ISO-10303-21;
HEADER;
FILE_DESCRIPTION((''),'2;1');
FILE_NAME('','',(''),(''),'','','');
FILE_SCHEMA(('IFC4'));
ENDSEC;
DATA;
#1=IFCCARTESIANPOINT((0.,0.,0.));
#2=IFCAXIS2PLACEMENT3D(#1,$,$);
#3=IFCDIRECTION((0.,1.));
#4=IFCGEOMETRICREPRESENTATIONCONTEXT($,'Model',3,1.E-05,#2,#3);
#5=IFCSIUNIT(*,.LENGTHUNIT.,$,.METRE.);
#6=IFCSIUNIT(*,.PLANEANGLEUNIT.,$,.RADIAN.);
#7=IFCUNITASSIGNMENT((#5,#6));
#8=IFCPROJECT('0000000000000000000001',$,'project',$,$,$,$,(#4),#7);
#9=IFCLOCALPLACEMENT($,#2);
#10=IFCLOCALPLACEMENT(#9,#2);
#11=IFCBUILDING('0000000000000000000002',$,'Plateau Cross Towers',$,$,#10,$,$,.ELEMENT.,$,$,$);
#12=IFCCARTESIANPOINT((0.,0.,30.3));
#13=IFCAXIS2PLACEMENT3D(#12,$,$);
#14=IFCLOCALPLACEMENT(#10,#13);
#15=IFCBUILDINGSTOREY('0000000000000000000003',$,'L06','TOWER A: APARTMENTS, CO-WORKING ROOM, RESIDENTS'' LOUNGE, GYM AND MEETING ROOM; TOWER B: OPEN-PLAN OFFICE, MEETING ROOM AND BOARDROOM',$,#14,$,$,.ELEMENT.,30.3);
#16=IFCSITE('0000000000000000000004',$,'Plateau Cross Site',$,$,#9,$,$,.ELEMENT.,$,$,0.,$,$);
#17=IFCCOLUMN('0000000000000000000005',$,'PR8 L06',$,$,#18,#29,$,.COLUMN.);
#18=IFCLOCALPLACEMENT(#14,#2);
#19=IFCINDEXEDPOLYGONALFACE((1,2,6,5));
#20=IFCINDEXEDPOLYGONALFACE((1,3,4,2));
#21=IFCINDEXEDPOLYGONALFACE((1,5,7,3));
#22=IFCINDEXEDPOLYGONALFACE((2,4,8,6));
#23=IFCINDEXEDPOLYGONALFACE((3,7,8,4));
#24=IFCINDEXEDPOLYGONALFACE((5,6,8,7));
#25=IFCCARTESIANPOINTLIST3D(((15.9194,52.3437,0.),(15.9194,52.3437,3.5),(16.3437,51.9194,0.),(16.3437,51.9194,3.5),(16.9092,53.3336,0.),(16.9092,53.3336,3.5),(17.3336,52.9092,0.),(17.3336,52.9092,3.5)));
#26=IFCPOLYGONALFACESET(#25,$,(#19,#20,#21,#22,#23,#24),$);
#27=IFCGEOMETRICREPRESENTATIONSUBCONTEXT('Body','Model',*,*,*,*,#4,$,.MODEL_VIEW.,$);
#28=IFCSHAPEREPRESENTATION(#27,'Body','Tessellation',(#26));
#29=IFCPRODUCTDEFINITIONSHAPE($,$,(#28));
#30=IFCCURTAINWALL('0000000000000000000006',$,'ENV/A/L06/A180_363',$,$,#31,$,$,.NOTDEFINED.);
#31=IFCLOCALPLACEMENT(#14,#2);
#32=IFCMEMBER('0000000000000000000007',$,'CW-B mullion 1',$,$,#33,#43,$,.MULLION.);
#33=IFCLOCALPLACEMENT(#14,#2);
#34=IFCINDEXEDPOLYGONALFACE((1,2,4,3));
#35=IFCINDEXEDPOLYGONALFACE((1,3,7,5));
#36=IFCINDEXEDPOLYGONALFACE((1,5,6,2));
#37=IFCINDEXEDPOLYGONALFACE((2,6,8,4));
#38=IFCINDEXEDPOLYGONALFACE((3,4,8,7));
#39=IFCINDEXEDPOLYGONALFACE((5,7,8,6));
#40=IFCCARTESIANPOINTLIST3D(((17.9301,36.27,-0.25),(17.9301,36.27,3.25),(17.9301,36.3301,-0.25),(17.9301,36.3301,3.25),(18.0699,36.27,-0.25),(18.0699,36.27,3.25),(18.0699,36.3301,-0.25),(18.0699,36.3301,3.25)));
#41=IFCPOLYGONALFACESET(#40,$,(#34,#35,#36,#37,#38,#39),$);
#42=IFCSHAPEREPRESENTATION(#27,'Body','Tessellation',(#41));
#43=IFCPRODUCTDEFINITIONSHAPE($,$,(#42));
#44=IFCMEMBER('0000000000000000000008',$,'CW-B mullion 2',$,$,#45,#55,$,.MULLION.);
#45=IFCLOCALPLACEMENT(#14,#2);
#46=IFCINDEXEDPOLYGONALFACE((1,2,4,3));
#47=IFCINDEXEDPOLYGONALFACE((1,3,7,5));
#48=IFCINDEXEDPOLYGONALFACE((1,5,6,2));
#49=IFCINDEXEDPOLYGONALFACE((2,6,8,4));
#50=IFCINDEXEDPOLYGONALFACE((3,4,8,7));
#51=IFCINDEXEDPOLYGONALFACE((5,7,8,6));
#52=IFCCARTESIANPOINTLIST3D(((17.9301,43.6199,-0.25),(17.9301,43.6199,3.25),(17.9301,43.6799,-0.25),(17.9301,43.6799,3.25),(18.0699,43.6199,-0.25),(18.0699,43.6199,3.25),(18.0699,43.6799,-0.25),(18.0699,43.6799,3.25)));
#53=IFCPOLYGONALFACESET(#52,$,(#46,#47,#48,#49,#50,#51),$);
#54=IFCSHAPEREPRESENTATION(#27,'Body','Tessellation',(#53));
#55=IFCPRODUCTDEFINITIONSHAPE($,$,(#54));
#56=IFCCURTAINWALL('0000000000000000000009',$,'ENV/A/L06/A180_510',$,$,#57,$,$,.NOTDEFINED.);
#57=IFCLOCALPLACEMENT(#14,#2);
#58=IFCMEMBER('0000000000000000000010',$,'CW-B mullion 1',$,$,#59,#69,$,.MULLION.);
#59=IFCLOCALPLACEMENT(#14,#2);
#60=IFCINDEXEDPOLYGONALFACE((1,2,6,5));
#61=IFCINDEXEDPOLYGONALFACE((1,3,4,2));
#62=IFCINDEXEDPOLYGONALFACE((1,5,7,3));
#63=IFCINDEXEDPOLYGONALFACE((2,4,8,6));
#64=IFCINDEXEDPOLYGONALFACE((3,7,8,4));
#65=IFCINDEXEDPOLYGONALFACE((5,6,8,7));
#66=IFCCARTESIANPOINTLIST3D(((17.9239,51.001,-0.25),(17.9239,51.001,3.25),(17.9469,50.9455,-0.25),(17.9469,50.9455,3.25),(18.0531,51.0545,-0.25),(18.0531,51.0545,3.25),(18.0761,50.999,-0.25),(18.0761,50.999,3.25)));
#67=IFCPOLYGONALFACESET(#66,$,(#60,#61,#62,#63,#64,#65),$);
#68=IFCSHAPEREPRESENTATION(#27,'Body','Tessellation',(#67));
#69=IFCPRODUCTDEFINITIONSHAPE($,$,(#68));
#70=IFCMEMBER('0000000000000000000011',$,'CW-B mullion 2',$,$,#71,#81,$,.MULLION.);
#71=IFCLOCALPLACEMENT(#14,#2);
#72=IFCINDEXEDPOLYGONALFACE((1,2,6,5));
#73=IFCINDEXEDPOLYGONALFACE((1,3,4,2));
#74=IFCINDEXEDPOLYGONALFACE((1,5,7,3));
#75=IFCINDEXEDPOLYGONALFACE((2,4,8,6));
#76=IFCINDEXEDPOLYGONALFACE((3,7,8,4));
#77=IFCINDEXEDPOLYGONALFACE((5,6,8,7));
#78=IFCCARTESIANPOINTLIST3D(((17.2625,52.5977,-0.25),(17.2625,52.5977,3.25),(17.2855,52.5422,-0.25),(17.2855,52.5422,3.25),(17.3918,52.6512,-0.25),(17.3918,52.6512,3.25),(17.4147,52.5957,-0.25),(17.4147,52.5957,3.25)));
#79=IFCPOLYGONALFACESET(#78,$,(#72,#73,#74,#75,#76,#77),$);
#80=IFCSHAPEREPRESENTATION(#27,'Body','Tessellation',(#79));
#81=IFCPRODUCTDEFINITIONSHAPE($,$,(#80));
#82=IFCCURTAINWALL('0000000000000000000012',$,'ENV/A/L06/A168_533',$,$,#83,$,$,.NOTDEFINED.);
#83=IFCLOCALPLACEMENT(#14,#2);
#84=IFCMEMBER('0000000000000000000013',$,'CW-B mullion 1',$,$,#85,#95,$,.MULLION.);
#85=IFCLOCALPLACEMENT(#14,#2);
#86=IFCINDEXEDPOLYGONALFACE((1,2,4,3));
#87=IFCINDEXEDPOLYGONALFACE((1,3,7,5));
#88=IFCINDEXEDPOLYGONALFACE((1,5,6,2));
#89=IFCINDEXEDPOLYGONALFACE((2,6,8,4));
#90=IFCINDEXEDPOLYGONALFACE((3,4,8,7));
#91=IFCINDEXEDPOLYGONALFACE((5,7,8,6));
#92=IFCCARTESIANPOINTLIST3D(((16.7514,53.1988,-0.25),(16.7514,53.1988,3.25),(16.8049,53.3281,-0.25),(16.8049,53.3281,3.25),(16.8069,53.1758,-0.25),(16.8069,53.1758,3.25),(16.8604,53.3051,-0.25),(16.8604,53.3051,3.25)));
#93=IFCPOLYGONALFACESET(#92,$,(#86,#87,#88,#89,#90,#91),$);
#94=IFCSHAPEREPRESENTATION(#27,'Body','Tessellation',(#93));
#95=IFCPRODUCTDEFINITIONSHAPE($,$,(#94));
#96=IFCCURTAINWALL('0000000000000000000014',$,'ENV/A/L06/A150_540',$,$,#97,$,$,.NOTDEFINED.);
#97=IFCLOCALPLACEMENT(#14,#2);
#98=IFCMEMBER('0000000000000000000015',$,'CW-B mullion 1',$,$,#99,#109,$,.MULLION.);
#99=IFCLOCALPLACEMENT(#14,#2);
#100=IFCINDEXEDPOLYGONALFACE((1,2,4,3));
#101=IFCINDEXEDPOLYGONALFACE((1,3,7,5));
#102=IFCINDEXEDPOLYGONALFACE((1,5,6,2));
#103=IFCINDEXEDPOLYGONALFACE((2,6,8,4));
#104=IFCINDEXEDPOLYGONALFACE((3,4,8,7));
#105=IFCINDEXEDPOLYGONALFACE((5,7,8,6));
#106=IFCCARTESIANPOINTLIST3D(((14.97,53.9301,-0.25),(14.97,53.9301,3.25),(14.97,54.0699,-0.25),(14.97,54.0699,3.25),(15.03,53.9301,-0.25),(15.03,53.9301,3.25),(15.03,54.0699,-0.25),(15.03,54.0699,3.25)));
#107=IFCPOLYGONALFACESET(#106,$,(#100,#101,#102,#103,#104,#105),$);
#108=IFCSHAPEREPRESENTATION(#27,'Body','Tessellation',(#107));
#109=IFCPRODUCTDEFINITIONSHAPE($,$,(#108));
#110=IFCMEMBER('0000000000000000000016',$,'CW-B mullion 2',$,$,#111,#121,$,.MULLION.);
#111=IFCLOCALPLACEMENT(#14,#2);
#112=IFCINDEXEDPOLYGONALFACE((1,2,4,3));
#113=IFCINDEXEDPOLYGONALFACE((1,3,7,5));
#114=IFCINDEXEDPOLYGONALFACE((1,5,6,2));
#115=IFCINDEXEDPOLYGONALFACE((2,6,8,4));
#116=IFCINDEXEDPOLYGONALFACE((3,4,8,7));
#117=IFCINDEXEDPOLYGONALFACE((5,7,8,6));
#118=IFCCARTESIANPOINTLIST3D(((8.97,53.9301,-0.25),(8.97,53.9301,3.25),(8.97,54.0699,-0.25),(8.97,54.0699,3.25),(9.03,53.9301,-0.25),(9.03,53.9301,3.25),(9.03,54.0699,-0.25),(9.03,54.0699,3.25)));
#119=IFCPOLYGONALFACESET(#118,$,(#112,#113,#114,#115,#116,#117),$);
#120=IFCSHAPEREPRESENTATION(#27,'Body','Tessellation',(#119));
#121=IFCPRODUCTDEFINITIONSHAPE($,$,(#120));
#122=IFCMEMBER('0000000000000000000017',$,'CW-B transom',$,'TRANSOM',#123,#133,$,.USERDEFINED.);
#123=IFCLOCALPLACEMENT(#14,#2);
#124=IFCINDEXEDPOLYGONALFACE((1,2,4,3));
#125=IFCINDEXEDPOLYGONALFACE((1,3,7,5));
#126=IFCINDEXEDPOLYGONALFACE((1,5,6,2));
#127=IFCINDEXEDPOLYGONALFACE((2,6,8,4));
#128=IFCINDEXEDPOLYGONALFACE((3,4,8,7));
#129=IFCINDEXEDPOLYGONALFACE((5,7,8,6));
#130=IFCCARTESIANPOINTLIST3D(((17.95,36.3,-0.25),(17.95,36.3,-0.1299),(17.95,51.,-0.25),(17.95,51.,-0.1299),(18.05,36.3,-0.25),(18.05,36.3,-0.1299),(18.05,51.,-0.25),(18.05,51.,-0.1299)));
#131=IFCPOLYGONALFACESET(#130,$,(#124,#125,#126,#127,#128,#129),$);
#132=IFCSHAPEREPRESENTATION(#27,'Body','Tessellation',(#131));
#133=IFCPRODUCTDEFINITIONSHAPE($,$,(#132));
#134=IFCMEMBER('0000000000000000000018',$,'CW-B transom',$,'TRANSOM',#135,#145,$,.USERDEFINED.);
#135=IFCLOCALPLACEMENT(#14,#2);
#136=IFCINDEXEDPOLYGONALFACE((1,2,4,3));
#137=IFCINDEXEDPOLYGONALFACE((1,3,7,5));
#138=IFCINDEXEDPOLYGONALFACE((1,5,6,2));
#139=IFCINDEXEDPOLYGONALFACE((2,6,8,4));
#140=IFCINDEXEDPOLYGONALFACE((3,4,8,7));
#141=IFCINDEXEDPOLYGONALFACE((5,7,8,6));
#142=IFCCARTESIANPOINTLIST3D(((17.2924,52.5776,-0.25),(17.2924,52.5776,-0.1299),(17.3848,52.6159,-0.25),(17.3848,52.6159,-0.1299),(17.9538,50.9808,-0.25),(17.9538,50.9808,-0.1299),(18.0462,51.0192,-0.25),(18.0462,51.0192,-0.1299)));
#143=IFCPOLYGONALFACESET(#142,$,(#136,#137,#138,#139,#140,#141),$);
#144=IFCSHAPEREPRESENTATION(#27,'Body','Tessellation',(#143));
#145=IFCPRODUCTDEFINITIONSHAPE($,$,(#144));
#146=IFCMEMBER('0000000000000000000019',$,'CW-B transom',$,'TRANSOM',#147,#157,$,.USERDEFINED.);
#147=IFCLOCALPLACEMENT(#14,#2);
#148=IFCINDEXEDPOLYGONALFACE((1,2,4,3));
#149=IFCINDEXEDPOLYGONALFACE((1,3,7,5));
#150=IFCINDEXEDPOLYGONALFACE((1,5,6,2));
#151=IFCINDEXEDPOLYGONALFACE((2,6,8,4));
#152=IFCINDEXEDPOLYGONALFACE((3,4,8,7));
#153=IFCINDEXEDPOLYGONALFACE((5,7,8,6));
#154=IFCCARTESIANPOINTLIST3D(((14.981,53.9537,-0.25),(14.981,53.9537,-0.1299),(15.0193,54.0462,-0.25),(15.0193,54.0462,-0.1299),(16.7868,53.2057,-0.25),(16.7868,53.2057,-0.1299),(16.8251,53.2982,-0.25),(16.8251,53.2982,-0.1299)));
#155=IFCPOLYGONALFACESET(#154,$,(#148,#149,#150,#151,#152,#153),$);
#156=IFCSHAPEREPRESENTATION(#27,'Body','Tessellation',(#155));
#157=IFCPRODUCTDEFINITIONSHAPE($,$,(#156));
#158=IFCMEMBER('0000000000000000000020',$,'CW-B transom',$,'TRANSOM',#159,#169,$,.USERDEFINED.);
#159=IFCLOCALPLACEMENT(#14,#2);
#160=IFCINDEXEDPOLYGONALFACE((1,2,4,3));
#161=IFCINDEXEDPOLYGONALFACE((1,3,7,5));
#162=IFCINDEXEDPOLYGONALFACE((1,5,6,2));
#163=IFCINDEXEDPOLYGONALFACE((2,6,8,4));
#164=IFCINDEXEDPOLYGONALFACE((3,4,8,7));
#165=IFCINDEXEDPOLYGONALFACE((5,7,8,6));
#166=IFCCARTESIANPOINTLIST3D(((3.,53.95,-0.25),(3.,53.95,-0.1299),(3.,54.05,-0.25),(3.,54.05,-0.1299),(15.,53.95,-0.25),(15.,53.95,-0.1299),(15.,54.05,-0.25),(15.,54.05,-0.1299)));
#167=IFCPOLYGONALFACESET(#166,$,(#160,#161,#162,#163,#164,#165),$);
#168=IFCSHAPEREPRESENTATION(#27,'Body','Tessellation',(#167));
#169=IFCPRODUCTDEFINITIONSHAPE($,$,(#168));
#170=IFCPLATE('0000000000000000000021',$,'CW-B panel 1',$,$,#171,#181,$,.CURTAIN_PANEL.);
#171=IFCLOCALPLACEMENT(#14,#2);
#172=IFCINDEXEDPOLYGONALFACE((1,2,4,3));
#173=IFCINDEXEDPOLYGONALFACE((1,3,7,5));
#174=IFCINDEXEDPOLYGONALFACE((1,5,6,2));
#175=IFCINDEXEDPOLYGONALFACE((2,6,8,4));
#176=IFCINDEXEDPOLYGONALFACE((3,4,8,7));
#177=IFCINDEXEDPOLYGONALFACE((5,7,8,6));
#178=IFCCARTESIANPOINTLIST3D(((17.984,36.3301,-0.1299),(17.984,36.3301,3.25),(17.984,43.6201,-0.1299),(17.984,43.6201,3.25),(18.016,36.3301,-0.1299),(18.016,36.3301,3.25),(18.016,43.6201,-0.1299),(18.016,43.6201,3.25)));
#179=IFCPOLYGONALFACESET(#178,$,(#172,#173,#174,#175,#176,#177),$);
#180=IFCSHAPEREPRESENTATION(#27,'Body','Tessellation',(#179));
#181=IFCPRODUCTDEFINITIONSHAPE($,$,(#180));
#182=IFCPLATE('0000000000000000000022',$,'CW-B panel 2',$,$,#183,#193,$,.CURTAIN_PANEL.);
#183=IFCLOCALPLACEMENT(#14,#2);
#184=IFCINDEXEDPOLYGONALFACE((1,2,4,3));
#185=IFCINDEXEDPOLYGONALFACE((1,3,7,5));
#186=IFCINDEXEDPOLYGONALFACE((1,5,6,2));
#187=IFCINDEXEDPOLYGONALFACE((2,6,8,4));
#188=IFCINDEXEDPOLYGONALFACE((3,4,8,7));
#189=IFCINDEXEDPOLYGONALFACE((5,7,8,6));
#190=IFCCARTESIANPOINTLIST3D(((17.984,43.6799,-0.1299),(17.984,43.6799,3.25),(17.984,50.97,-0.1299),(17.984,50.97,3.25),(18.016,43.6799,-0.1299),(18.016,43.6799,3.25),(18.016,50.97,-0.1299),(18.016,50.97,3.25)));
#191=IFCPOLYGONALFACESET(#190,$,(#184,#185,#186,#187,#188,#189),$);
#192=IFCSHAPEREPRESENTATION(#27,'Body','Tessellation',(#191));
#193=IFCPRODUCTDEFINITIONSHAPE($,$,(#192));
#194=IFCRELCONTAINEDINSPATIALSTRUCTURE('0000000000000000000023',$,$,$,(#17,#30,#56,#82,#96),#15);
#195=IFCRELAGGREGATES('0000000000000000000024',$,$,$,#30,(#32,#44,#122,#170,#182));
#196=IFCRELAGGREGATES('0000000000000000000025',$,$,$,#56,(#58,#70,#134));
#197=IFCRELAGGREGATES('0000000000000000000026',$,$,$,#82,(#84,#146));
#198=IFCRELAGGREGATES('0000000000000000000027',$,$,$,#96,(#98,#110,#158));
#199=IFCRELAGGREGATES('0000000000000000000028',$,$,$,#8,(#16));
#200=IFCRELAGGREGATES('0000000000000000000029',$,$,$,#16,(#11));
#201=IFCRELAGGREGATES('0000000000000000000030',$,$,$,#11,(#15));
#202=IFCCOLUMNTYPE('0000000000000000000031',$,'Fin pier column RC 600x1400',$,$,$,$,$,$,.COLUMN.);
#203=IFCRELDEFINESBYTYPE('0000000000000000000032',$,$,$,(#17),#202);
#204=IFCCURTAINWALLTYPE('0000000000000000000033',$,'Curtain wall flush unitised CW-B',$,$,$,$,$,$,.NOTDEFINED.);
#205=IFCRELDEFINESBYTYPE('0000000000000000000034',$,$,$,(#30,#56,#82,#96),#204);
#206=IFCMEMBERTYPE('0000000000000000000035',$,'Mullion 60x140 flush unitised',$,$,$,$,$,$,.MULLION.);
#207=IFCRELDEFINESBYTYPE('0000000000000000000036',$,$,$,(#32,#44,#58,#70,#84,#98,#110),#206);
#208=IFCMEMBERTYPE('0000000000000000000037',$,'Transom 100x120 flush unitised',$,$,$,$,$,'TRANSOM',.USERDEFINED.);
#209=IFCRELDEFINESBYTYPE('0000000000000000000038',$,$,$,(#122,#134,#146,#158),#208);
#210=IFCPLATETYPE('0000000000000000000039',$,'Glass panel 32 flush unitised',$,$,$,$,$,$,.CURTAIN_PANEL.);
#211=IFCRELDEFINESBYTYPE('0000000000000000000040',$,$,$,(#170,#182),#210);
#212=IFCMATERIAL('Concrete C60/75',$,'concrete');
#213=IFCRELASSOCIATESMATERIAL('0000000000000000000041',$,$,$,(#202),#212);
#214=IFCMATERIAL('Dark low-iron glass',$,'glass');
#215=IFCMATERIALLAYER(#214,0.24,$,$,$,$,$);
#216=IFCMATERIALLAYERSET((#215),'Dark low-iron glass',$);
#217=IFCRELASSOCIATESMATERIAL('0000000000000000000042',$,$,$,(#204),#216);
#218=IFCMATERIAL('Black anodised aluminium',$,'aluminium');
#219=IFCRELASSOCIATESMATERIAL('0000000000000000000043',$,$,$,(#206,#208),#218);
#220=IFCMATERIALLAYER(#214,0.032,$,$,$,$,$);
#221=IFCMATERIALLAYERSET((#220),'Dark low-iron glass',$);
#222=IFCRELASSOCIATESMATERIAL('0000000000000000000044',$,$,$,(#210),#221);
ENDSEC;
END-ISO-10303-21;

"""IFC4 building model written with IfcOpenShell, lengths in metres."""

from ifc_helpers import new_model, si_unit, direction, frame, origin, origin_2d, place, context, subcontext, project, spatial, rectangle, extrude, material, layer, layer_set, material_profile, profile_set, type_object, element, aggregate, save


model = new_model("IFC4")

# Units and contexts
model_context = context("Model", 3, precision=1e-05, world=origin(), true_north=direction((0.0, 1.0)))
body_context = subcontext(model_context, "Body", "Model", "MODEL_VIEW")
ifc_project = project(units=[si_unit("LENGTHUNIT", "METRE"), si_unit("PLANEANGLEUNIT", "RADIAN")], contexts=[model_context])

# Site, building, storey
site_placement = place(None, origin())
site = spatial("IfcSite", under=ifc_project, at=site_placement, Name="Plateau Cross Site", CompositionType="ELEMENT", RefElevation=0.0)
building_placement = place(site_placement, origin())
building = spatial("IfcBuilding", under=site, at=building_placement, Name="Plateau Cross Towers", CompositionType="ELEMENT")
storey_placement = place(building_placement, frame((0.0, 0.0, 30.3)))
storey = spatial("IfcBuildingStorey", under=building, at=storey_placement, Name="L06", Description="TOWER A: APARTMENTS, CO-WORKING ROOM, RESIDENTS' LOUNGE, GYM AND MEETING ROOM; TOWER B: OPEN-PLAN OFFICE, MEETING ROOM AND BOARDROOM", CompositionType="ELEMENT", Elevation=30.3)

# Column
ifc_material_1 = material(Name="Concrete C60/75", Category="concrete")
ifc_material_profile_1 = material_profile(ifc_material_1, rectangle(XDim=0.6001, YDim=1.3999, at=origin_2d()), Name="RC 600x1400")
ifc_profile_set_1 = profile_set([ifc_material_profile_1], Name="Concrete C60/75")
column_type = type_object("IfcColumnType", Name="Fin pier column RC 600x1400", PredefinedType="COLUMN", material=ifc_profile_set_1)
column_placement = place(storey_placement, frame((16.6265, 52.6265, 0.0), z_axis=(0.0, 0.0, 1.0), x_axis=(-0.707107, 0.707107, 0.0)))
element("IfcColumn", 1, at=column_placement, inside=storey, type_object=column_type, Name="PR8 L06", PredefinedType="COLUMN", context=body_context, shape_type="SweptSolid", body=[
    extrude(rectangle(XDim=0.6001, YDim=1.3999, at=origin_2d()), origin(), (0.0, 0.0, 1.0), 3.5),
])

# Curtain walls, members
ifc_material_2 = material(Name="Dark low-iron glass", Category="glass")
ifc_layer_1 = layer(ifc_material_2, 0.24)
ifc_layer_set_1 = layer_set([ifc_layer_1], Name="Dark low-iron glass")
curtain_wall_type = type_object("IfcCurtainWallType", Name="Curtain wall flush unitised CW-B", PredefinedType="NOTDEFINED", material=ifc_layer_set_1)
curtain_wall_1_placement = place(storey_placement, origin())
curtain_wall_1 = element("IfcCurtainWall", 2, at=curtain_wall_1_placement, inside=storey, type_object=curtain_wall_type, Name="ENV/A/L06/A180_363", PredefinedType="NOTDEFINED")
ifc_material_3 = material(Name="Black anodised aluminium", Category="aluminium")
ifc_material_profile_2 = material_profile(ifc_material_3, rectangle(XDim=0.0601, YDim=0.1399, at=origin_2d()), Name="MULLION 60x140")
ifc_profile_set_2 = profile_set([ifc_material_profile_2], Name="Black anodised aluminium")
member_type_1 = type_object("IfcMemberType", Name="Mullion 60x140 flush unitised", PredefinedType="MULLION", material=ifc_profile_set_2)
member_1_placement = place(storey_placement, frame((18.0, 36.3, -0.25), z_axis=(0.0, 0.0, 1.0), x_axis=(0.0, 1.0, 0.0)))
member_1 = element("IfcMember", 3, at=member_1_placement, type_object=member_type_1, Name="CW-B mullion 1", PredefinedType="MULLION", context=body_context, shape_type="SweptSolid", body=[
    extrude(rectangle(XDim=0.0601, YDim=0.1399, at=origin_2d()), origin(), (0.0, 0.0, 1.0), 3.5),
])
member_2_placement = place(storey_placement, frame((18.0, 43.6499, -0.25), z_axis=(0.0, 0.0, 1.0), x_axis=(0.0, 1.0, 0.0)))
member_2 = element("IfcMember", 4, at=member_2_placement, type_object=member_type_1, Name="CW-B mullion 2", PredefinedType="MULLION", context=body_context, shape_type="SweptSolid", body=[
    extrude(rectangle(XDim=0.0601, YDim=0.1399, at=origin_2d()), origin(), (0.0, 0.0, 1.0), 3.5),
])
curtain_wall_2_placement = place(storey_placement, origin())
curtain_wall_2 = element("IfcCurtainWall", 5, at=curtain_wall_2_placement, inside=storey, type_object=curtain_wall_type, Name="ENV/A/L06/A180_510", PredefinedType="NOTDEFINED")
member_3_placement = place(storey_placement, frame((18.0, 51.0, -0.25), z_axis=(0.0, 0.0, 1.0), x_axis=(-0.382684, 0.923879, 0.0)))
member_3 = element("IfcMember", 6, at=member_3_placement, type_object=member_type_1, Name="CW-B mullion 1", PredefinedType="MULLION", context=body_context, shape_type="SweptSolid", body=[
    extrude(rectangle(XDim=0.0601, YDim=0.1399, at=origin_2d()), origin(), (0.0, 0.0, 1.0), 3.5),
])
member_4_placement = place(storey_placement, frame((17.3386, 52.5967, -0.25), z_axis=(0.0, 0.0, 1.0), x_axis=(-0.382684, 0.923879, 0.0)))
member_4 = element("IfcMember", 7, at=member_4_placement, type_object=member_type_1, Name="CW-B mullion 2", PredefinedType="MULLION", context=body_context, shape_type="SweptSolid", body=[
    extrude(rectangle(XDim=0.0601, YDim=0.1399, at=origin_2d()), origin(), (0.0, 0.0, 1.0), 3.5),
])

# Curtain wall, member
curtain_wall_3_placement = place(storey_placement, origin())
curtain_wall_3 = element("IfcCurtainWall", 8, at=curtain_wall_3_placement, inside=storey, type_object=curtain_wall_type, Name="ENV/A/L06/A168_533", PredefinedType="NOTDEFINED")
member_5_placement = place(storey_placement, frame((16.8059, 53.252, -0.25), z_axis=(0.0, 0.0, 1.0), x_axis=(-0.923879, 0.382684, 0.0)))
member_5 = element("IfcMember", 9, at=member_5_placement, type_object=member_type_1, Name="CW-B mullion 1", PredefinedType="MULLION", context=body_context, shape_type="SweptSolid", body=[
    extrude(rectangle(XDim=0.0601, YDim=0.1399, at=origin_2d()), origin(), (0.0, 0.0, 1.0), 3.5),
])

# Curtain wall, members
curtain_wall_4_placement = place(storey_placement, origin())
curtain_wall_4 = element("IfcCurtainWall", 10, at=curtain_wall_4_placement, inside=storey, type_object=curtain_wall_type, Name="ENV/A/L06/A150_540", PredefinedType="NOTDEFINED")
member_6_placement = place(storey_placement, frame((15.0, 54.0, -0.25), z_axis=(0.0, 0.0, 1.0), x_axis=(-1.0, 0.0, 0.0)))
member_6 = element("IfcMember", 11, at=member_6_placement, type_object=member_type_1, Name="CW-B mullion 1", PredefinedType="MULLION", context=body_context, shape_type="SweptSolid", body=[
    extrude(rectangle(XDim=0.0601, YDim=0.1399, at=origin_2d()), origin(), (0.0, 0.0, 1.0), 3.5),
])
member_7_placement = place(storey_placement, frame((9.0, 54.0, -0.25), z_axis=(0.0, 0.0, 1.0), x_axis=(-1.0, 0.0, 0.0)))
member_7 = element("IfcMember", 12, at=member_7_placement, type_object=member_type_1, Name="CW-B mullion 2", PredefinedType="MULLION", context=body_context, shape_type="SweptSolid", body=[
    extrude(rectangle(XDim=0.0601, YDim=0.1399, at=origin_2d()), origin(), (0.0, 0.0, 1.0), 3.5),
])

# Members
ifc_material_profile_3 = material_profile(ifc_material_3, rectangle(XDim=0.1001, YDim=0.1201, at=origin_2d()), Name="TRANSOM 100x120")
ifc_profile_set_3 = profile_set([ifc_material_profile_3], Name="Black anodised aluminium")
member_type_2 = type_object("IfcMemberType", Name="Transom 100x120 flush unitised", ElementType="TRANSOM", PredefinedType="USERDEFINED", material=ifc_profile_set_3)
member_8_placement = place(storey_placement, frame((18.0, 36.3, -0.1899), z_axis=(0.0, 1.0, 0.0), x_axis=(-1.0, 0.0, 0.0)))
member_8 = element("IfcMember", 13, at=member_8_placement, type_object=member_type_2, Name="CW-B transom", ObjectType="TRANSOM", PredefinedType="USERDEFINED", context=body_context, shape_type="SweptSolid", body=[
    extrude(rectangle(XDim=0.1001, YDim=0.1201, at=origin_2d()), origin(), (0.0, 0.0, 1.0), 14.7),
])
member_9_placement = place(storey_placement, frame((18.0, 51.0, -0.1899), z_axis=(-0.382689, 0.923877, 0.0), x_axis=(-0.923877, -0.382689, 0.0)))
member_9 = element("IfcMember", 14, at=member_9_placement, type_object=member_type_2, Name="CW-B transom", ObjectType="TRANSOM", PredefinedType="USERDEFINED", context=body_context, shape_type="SweptSolid", body=[
    extrude(rectangle(XDim=0.1001, YDim=0.1201, at=origin_2d()), origin(), (0.0, 0.0, 1.0), 1.7283),
])
member_10_placement = place(storey_placement, frame((16.8059, 53.252, -0.1899), z_axis=(-0.923877, 0.38269, 0.0), x_axis=(-0.38269, -0.923877, 0.0)))
member_10 = element("IfcMember", 15, at=member_10_placement, type_object=member_type_2, Name="CW-B transom", ObjectType="TRANSOM", PredefinedType="USERDEFINED", context=body_context, shape_type="SweptSolid", body=[
    extrude(rectangle(XDim=0.1001, YDim=0.1201, at=origin_2d()), origin(), (0.0, 0.0, 1.0), 1.9546),
])
member_11_placement = place(storey_placement, frame((15.0, 54.0, -0.1899), z_axis=(-1.0, 0.0, 0.0), x_axis=(0.0, -1.0, 0.0)))
member_11 = element("IfcMember", 16, at=member_11_placement, type_object=member_type_2, Name="CW-B transom", ObjectType="TRANSOM", PredefinedType="USERDEFINED", context=body_context, shape_type="SweptSolid", body=[
    extrude(rectangle(XDim=0.1001, YDim=0.1201, at=origin_2d()), origin(), (0.0, 0.0, 1.0), 12.0),
])

# Plates
ifc_layer_2 = layer(ifc_material_2, 0.032)
ifc_layer_set_2 = layer_set([ifc_layer_2], Name="Dark low-iron glass")
plate_type = type_object("IfcPlateType", Name="Glass panel 32 flush unitised", PredefinedType="CURTAIN_PANEL", material=ifc_layer_set_2)
plate_1_placement = place(storey_placement, frame((18.0, 39.9751, -0.1299), z_axis=(0.0, 0.0, 1.0), x_axis=(0.0, 1.0, 0.0)))
plate_1 = element("IfcPlate", 17, at=plate_1_placement, type_object=plate_type, Name="CW-B panel 1", PredefinedType="CURTAIN_PANEL", context=body_context, shape_type="SweptSolid", body=[
    extrude(rectangle(XDim=7.29, YDim=0.032, at=origin_2d()), origin(), (0.0, 0.0, 1.0), 3.3799),
])
plate_2_placement = place(storey_placement, frame((18.0, 47.325, -0.1299), z_axis=(0.0, 0.0, 1.0), x_axis=(0.0, 1.0, 0.0)))
plate_2 = element("IfcPlate", 18, at=plate_2_placement, type_object=plate_type, Name="CW-B panel 2", PredefinedType="CURTAIN_PANEL", context=body_context, shape_type="SweptSolid", body=[
    extrude(rectangle(XDim=7.29, YDim=0.032, at=origin_2d()), origin(), (0.0, 0.0, 1.0), 3.3799),
])
aggregate(curtain_wall_1, [member_1, member_2, member_8, plate_1, plate_2])
aggregate(curtain_wall_2, [member_3, member_4, member_9])
aggregate(curtain_wall_3, [member_5, member_10])
aggregate(curtain_wall_4, [member_6, member_7, member_11])

save(model, "model.ifc")
